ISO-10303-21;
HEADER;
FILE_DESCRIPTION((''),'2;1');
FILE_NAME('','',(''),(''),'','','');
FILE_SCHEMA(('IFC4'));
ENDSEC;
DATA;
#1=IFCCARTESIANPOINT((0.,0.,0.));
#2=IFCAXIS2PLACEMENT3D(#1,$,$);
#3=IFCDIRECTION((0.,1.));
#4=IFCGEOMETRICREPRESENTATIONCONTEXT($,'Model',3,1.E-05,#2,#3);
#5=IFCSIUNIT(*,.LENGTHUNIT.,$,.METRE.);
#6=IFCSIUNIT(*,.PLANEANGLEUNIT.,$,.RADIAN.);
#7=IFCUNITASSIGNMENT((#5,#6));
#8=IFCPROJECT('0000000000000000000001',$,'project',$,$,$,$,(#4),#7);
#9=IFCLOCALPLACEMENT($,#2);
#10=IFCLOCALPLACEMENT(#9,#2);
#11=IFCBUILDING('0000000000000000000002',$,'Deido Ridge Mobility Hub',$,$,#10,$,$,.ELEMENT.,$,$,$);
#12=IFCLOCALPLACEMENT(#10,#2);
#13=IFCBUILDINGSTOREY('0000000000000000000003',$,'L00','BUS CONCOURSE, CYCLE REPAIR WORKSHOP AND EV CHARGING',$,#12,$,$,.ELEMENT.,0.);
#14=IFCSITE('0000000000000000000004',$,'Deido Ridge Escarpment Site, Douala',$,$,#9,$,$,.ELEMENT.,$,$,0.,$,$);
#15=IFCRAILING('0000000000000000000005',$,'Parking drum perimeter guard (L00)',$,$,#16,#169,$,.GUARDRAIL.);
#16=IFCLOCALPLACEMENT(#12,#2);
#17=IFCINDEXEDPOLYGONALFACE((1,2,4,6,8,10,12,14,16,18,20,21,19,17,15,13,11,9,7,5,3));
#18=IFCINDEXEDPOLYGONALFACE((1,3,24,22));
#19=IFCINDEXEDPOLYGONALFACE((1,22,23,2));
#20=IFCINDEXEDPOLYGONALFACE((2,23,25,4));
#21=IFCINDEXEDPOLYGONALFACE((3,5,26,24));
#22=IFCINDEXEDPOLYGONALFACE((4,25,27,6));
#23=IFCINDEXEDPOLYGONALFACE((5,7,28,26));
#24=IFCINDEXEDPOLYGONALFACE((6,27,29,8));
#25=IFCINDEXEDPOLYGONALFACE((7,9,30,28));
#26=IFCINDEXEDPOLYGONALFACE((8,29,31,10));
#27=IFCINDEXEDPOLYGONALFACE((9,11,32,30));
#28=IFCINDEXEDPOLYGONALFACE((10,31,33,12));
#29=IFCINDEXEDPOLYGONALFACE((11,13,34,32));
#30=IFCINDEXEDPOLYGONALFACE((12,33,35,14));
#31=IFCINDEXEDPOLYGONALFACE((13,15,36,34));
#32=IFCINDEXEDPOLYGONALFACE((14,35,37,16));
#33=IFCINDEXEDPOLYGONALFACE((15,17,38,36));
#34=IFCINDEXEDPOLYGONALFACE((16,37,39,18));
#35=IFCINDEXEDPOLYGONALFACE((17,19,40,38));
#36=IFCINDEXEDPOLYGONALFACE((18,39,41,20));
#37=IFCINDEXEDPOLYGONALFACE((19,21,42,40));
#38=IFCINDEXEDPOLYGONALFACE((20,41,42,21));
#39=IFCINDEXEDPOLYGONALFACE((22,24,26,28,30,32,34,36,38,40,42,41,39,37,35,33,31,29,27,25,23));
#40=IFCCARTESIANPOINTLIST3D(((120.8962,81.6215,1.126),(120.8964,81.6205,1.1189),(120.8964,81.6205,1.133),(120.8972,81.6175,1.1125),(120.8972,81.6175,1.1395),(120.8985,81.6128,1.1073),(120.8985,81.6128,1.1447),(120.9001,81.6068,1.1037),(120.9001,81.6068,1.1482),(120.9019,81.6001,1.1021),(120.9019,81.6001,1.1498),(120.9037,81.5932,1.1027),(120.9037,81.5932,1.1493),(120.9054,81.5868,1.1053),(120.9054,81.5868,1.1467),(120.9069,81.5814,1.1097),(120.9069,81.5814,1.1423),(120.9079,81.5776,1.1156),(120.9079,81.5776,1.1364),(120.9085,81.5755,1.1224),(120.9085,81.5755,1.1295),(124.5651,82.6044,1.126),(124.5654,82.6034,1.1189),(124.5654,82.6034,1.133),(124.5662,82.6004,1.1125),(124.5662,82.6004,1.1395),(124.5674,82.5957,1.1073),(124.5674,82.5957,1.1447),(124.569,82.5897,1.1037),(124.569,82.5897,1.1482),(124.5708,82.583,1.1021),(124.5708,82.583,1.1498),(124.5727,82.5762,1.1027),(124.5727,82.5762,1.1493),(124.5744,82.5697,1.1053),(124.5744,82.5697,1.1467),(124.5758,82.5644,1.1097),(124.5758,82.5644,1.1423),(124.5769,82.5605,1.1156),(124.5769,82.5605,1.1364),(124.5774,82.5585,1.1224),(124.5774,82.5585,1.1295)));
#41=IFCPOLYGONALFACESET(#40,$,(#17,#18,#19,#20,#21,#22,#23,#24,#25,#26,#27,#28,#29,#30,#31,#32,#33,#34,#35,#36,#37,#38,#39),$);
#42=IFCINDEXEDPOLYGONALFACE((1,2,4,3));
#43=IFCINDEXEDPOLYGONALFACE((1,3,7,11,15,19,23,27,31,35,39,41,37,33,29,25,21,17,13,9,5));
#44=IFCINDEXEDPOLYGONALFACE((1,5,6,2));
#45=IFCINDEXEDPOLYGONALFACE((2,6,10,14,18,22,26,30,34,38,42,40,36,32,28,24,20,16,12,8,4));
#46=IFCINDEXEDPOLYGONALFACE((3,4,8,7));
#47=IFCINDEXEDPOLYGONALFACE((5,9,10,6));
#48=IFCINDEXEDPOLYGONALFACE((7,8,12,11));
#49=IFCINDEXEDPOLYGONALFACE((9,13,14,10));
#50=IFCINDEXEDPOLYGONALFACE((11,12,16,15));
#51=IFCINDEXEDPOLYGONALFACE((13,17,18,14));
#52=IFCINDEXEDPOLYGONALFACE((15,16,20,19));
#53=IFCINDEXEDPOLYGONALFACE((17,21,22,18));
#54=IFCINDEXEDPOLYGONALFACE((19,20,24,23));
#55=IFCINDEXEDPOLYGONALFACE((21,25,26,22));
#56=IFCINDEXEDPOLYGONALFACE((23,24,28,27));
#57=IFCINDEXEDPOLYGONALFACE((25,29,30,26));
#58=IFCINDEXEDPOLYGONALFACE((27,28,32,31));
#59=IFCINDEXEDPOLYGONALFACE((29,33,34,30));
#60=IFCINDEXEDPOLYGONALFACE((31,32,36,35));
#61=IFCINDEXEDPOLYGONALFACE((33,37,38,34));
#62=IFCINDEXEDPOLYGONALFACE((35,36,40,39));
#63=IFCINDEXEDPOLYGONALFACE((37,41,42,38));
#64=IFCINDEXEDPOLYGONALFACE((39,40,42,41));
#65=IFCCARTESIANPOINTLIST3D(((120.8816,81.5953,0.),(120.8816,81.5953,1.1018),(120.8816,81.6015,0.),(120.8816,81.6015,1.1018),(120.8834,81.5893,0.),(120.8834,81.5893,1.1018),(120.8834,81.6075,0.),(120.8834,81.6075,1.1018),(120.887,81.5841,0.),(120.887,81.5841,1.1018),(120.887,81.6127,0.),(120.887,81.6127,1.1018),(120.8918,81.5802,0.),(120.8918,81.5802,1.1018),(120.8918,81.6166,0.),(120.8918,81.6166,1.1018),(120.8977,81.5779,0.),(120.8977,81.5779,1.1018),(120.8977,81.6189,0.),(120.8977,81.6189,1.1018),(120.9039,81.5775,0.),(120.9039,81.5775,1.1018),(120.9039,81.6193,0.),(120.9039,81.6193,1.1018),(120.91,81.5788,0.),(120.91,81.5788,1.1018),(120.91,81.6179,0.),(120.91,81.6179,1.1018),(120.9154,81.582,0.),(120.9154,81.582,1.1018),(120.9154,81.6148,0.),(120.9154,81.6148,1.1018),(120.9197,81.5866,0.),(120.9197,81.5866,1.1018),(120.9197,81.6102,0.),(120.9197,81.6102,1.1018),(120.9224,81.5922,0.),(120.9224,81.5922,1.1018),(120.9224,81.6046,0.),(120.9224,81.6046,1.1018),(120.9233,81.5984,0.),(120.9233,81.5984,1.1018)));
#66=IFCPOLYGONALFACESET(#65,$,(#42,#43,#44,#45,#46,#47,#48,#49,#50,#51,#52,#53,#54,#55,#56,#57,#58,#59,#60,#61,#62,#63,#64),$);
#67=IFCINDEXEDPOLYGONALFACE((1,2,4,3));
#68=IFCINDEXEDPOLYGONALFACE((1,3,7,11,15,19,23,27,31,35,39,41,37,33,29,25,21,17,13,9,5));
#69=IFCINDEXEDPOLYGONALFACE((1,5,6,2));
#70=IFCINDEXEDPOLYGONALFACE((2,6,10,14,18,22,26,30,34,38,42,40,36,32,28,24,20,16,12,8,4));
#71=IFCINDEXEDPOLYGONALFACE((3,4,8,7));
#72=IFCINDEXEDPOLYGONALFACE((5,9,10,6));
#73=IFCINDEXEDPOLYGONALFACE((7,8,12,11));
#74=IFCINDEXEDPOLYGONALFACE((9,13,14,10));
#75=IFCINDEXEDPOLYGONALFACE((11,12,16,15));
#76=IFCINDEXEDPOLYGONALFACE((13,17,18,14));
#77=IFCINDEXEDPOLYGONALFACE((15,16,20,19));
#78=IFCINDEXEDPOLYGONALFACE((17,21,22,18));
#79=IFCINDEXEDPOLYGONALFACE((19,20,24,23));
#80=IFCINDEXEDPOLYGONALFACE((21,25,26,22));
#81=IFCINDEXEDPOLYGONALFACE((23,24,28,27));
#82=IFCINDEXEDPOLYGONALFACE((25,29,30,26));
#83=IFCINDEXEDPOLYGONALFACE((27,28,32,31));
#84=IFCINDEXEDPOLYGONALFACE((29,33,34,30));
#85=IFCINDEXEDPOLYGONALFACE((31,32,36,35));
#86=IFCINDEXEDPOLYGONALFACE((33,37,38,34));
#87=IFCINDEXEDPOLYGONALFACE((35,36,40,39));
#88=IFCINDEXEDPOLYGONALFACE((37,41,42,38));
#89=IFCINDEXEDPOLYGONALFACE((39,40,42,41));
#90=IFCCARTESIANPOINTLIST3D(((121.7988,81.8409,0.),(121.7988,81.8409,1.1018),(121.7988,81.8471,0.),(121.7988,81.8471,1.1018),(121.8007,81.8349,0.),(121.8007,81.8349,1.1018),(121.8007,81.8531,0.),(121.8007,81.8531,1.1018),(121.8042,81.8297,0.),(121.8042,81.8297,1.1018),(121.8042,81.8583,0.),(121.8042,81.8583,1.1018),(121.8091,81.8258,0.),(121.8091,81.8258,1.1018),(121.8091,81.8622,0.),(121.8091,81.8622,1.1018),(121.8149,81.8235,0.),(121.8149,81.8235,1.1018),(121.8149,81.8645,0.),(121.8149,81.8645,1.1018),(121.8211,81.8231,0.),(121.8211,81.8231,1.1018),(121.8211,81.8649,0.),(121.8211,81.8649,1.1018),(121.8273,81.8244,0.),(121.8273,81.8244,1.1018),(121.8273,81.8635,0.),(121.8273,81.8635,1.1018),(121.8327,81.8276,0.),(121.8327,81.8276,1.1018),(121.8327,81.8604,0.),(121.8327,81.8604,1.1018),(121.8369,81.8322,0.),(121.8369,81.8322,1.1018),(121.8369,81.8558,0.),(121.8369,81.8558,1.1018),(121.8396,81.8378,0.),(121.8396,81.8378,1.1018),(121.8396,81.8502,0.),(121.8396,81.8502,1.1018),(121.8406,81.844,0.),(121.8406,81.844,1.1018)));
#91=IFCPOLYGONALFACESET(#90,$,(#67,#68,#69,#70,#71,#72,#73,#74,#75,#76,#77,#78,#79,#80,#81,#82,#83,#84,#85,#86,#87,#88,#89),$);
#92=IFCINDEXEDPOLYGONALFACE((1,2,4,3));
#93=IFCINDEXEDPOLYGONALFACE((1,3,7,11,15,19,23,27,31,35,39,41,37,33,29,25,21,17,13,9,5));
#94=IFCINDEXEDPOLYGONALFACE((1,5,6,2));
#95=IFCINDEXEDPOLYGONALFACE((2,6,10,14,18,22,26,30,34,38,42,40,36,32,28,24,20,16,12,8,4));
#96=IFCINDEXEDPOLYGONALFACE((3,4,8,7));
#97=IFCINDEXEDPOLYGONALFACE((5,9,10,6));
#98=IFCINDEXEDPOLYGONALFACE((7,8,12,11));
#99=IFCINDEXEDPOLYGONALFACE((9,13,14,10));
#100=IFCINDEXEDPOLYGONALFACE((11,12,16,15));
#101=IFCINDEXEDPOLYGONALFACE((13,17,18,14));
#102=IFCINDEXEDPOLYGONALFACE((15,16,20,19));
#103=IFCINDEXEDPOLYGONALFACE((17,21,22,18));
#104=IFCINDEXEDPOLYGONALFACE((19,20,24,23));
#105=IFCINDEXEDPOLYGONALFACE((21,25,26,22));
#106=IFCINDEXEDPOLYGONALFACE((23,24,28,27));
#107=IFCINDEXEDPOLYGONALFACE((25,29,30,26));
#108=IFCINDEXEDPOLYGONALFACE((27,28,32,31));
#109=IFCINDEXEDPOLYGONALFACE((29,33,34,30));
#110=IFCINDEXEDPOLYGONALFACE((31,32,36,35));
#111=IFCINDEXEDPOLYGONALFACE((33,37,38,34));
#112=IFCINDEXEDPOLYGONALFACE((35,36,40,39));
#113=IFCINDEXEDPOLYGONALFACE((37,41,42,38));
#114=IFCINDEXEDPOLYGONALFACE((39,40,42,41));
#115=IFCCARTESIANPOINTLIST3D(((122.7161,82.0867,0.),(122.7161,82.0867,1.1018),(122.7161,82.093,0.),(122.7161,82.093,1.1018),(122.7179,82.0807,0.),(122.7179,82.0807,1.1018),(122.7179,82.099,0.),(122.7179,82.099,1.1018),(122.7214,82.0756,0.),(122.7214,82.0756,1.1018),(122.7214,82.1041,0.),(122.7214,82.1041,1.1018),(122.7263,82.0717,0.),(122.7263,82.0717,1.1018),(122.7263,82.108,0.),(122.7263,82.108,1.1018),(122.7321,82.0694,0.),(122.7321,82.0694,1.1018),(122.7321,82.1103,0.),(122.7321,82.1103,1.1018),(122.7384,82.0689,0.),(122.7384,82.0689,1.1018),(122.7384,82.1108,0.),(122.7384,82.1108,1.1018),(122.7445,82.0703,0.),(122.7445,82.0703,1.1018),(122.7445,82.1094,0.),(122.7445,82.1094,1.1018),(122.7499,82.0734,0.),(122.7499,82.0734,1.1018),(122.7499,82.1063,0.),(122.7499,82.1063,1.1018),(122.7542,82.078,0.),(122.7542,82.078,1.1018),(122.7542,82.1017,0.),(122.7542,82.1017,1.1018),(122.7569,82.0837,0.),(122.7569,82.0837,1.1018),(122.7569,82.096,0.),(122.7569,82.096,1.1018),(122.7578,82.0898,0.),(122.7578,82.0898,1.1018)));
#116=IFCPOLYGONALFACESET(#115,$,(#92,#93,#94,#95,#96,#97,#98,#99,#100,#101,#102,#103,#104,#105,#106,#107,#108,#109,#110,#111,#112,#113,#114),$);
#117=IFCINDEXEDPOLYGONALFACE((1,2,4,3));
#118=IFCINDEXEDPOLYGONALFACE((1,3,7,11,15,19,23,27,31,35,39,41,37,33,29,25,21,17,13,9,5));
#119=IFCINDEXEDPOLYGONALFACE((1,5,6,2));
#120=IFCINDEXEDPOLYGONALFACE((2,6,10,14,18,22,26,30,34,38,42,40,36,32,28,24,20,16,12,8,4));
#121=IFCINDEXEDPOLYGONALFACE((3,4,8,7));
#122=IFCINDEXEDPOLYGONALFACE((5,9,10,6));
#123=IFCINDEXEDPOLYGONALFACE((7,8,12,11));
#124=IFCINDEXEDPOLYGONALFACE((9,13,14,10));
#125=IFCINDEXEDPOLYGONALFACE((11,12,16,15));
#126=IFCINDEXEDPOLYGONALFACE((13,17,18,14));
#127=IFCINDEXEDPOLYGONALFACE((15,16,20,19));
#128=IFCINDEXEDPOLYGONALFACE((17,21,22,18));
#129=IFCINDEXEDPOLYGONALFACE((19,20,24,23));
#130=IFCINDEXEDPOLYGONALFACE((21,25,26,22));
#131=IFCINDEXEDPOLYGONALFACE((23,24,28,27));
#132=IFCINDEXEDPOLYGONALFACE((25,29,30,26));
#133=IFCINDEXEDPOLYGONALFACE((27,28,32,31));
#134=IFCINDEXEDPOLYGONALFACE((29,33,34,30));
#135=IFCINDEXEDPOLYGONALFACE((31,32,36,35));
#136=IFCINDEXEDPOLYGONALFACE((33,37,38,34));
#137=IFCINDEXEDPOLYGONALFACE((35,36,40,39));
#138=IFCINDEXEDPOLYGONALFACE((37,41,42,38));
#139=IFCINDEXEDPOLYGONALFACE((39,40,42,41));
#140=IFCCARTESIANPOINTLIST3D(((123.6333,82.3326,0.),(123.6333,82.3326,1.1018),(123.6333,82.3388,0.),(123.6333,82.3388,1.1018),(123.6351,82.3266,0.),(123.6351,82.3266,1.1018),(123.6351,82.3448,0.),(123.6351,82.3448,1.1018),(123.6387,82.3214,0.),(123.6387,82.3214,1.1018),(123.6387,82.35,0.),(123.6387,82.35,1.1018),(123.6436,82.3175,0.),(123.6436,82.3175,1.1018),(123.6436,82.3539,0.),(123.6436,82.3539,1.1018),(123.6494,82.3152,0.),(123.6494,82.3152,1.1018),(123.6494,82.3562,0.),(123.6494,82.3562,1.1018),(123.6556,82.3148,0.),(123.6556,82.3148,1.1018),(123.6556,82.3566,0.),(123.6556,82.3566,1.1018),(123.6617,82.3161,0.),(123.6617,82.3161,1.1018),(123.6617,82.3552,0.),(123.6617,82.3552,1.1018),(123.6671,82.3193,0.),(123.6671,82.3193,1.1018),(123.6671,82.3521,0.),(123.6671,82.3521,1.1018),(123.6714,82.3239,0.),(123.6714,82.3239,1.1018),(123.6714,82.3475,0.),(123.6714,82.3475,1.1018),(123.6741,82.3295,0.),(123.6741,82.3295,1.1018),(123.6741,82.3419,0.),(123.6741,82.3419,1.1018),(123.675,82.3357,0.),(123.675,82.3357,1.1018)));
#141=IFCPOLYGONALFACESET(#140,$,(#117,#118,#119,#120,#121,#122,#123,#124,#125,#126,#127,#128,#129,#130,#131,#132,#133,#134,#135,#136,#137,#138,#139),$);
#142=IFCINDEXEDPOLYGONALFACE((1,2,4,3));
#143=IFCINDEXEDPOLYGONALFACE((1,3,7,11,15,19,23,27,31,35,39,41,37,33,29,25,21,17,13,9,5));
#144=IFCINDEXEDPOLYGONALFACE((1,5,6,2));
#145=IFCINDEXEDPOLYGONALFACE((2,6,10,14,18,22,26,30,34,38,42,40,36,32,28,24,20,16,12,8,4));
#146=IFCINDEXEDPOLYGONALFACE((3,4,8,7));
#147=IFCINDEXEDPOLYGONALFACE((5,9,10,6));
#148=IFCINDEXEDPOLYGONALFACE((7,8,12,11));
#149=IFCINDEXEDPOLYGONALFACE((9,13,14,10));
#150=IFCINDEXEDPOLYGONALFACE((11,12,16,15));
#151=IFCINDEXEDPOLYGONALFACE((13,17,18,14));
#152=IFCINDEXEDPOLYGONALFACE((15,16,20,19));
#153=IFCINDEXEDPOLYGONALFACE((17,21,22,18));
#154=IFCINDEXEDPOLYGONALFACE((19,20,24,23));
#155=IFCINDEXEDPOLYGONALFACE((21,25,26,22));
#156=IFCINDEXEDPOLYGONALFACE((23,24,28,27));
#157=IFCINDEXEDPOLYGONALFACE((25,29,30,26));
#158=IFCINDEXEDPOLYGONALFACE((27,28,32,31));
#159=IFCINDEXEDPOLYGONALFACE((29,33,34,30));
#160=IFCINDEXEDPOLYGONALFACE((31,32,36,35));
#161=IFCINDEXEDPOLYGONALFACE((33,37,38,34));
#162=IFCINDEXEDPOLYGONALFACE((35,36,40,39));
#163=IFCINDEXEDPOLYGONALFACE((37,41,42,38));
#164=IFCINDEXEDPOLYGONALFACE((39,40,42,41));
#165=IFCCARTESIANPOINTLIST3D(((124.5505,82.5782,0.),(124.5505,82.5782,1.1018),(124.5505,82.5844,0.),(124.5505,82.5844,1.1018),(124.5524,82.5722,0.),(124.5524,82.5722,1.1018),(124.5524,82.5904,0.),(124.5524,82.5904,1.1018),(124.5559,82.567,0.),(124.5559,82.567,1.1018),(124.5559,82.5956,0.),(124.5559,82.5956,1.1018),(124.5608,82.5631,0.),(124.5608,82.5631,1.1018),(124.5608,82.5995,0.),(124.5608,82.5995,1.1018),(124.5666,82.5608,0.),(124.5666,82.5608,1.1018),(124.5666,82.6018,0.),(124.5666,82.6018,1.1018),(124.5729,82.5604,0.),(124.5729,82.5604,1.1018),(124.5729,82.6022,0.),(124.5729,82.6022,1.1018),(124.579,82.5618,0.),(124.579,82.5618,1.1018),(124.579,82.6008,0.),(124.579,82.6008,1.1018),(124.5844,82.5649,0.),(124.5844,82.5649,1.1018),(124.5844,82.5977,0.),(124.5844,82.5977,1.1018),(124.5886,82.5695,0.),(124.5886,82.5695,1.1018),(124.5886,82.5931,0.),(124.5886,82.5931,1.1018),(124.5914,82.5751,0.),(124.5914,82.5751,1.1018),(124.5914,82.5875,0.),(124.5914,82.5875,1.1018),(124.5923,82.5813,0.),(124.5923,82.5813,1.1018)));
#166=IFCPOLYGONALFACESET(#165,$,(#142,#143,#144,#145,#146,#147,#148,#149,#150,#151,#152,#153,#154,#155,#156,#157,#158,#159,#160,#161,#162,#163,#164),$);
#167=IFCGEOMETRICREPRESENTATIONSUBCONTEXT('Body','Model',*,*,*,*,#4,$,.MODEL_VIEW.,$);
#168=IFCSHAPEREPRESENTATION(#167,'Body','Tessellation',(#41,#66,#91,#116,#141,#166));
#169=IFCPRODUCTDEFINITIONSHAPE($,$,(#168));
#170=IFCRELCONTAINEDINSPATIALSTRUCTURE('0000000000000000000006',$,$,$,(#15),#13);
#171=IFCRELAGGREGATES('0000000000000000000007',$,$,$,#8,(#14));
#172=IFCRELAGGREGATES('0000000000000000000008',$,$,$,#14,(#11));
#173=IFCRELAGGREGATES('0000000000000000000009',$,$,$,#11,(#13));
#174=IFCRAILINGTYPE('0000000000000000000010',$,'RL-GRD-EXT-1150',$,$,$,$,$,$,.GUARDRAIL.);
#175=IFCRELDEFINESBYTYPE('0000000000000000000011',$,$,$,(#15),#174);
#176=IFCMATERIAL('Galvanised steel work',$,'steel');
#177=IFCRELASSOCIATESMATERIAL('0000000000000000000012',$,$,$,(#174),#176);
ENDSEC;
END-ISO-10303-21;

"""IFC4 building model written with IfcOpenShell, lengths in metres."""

from ifc_helpers import new_model, si_unit, direction, frame, origin, origin_2d, place, context, subcontext, project, spatial, circle, extrude, material, type_object, element, save


model = new_model("IFC4")

# Units and contexts
model_context = context("Model", 3, precision=1e-05, world=origin(), true_north=direction((0.0, 1.0)))
body_context = subcontext(model_context, "Body", "Model", "MODEL_VIEW")
ifc_project = project(units=[si_unit("LENGTHUNIT", "METRE"), si_unit("PLANEANGLEUNIT", "RADIAN")], contexts=[model_context])

# Site, building, storey
site_placement = place(None, origin())
site = spatial("IfcSite", under=ifc_project, at=site_placement, Name="Deido Ridge Escarpment Site, Douala", CompositionType="ELEMENT", RefElevation=0.0)
building_placement = place(site_placement, origin())
building = spatial("IfcBuilding", under=site, at=building_placement, Name="Deido Ridge Mobility Hub", CompositionType="ELEMENT")
storey_placement = place(building_placement, origin())
storey = spatial("IfcBuildingStorey", under=building, at=storey_placement, Name="L00", Description="BUS CONCOURSE, CYCLE REPAIR WORKSHOP AND EV CHARGING", CompositionType="ELEMENT", Elevation=0.0)

# Railing
ifc_material_1 = material(Name="Galvanised steel work", Category="steel")
railing_type = type_object("IfcRailingType", Name="RL-GRD-EXT-1150", PredefinedType="GUARDRAIL", material=ifc_material_1)
railing_1_placement = place(storey_placement, frame((120.9023, 81.5984, 0.0)))
element("IfcRailing", 1, at=railing_1_placement, inside=storey, type_object=railing_type, Name="Parking drum perimeter guard (L00)", PredefinedType="GUARDRAIL", context=body_context, shape_type="SweptSolid", body=[
    extrude(circle(Radius=0.0239, at=origin_2d()), frame((0.0, 0.0, 1.126), z_axis=(0.965938, 0.258775, 0.0), x_axis=(-0.258775, 0.965938, 0.0)), (0.0, 0.0, 1.0), 3.7983),
    extrude(circle(Radius=0.021, at=origin_2d()), origin(), (0.0, 0.0, 1.0), 1.1018),
    extrude(circle(Radius=0.021, at=origin_2d()), frame((0.9172, 0.2456, 0.0)), (0.0, 0.0, 1.0), 1.1018),
    extrude(circle(Radius=0.021, at=origin_2d()), frame((1.8345, 0.4915, 0.0)), (0.0, 0.0, 1.0), 1.1018),
    extrude(circle(Radius=0.021, at=origin_2d()), frame((2.7517, 0.7373, 0.0)), (0.0, 0.0, 1.0), 1.1018),
    extrude(circle(Radius=0.021, at=origin_2d()), frame((3.6689, 0.9829, 0.0)), (0.0, 0.0, 1.0), 1.1018),
])

save(model, "model.ifc")
